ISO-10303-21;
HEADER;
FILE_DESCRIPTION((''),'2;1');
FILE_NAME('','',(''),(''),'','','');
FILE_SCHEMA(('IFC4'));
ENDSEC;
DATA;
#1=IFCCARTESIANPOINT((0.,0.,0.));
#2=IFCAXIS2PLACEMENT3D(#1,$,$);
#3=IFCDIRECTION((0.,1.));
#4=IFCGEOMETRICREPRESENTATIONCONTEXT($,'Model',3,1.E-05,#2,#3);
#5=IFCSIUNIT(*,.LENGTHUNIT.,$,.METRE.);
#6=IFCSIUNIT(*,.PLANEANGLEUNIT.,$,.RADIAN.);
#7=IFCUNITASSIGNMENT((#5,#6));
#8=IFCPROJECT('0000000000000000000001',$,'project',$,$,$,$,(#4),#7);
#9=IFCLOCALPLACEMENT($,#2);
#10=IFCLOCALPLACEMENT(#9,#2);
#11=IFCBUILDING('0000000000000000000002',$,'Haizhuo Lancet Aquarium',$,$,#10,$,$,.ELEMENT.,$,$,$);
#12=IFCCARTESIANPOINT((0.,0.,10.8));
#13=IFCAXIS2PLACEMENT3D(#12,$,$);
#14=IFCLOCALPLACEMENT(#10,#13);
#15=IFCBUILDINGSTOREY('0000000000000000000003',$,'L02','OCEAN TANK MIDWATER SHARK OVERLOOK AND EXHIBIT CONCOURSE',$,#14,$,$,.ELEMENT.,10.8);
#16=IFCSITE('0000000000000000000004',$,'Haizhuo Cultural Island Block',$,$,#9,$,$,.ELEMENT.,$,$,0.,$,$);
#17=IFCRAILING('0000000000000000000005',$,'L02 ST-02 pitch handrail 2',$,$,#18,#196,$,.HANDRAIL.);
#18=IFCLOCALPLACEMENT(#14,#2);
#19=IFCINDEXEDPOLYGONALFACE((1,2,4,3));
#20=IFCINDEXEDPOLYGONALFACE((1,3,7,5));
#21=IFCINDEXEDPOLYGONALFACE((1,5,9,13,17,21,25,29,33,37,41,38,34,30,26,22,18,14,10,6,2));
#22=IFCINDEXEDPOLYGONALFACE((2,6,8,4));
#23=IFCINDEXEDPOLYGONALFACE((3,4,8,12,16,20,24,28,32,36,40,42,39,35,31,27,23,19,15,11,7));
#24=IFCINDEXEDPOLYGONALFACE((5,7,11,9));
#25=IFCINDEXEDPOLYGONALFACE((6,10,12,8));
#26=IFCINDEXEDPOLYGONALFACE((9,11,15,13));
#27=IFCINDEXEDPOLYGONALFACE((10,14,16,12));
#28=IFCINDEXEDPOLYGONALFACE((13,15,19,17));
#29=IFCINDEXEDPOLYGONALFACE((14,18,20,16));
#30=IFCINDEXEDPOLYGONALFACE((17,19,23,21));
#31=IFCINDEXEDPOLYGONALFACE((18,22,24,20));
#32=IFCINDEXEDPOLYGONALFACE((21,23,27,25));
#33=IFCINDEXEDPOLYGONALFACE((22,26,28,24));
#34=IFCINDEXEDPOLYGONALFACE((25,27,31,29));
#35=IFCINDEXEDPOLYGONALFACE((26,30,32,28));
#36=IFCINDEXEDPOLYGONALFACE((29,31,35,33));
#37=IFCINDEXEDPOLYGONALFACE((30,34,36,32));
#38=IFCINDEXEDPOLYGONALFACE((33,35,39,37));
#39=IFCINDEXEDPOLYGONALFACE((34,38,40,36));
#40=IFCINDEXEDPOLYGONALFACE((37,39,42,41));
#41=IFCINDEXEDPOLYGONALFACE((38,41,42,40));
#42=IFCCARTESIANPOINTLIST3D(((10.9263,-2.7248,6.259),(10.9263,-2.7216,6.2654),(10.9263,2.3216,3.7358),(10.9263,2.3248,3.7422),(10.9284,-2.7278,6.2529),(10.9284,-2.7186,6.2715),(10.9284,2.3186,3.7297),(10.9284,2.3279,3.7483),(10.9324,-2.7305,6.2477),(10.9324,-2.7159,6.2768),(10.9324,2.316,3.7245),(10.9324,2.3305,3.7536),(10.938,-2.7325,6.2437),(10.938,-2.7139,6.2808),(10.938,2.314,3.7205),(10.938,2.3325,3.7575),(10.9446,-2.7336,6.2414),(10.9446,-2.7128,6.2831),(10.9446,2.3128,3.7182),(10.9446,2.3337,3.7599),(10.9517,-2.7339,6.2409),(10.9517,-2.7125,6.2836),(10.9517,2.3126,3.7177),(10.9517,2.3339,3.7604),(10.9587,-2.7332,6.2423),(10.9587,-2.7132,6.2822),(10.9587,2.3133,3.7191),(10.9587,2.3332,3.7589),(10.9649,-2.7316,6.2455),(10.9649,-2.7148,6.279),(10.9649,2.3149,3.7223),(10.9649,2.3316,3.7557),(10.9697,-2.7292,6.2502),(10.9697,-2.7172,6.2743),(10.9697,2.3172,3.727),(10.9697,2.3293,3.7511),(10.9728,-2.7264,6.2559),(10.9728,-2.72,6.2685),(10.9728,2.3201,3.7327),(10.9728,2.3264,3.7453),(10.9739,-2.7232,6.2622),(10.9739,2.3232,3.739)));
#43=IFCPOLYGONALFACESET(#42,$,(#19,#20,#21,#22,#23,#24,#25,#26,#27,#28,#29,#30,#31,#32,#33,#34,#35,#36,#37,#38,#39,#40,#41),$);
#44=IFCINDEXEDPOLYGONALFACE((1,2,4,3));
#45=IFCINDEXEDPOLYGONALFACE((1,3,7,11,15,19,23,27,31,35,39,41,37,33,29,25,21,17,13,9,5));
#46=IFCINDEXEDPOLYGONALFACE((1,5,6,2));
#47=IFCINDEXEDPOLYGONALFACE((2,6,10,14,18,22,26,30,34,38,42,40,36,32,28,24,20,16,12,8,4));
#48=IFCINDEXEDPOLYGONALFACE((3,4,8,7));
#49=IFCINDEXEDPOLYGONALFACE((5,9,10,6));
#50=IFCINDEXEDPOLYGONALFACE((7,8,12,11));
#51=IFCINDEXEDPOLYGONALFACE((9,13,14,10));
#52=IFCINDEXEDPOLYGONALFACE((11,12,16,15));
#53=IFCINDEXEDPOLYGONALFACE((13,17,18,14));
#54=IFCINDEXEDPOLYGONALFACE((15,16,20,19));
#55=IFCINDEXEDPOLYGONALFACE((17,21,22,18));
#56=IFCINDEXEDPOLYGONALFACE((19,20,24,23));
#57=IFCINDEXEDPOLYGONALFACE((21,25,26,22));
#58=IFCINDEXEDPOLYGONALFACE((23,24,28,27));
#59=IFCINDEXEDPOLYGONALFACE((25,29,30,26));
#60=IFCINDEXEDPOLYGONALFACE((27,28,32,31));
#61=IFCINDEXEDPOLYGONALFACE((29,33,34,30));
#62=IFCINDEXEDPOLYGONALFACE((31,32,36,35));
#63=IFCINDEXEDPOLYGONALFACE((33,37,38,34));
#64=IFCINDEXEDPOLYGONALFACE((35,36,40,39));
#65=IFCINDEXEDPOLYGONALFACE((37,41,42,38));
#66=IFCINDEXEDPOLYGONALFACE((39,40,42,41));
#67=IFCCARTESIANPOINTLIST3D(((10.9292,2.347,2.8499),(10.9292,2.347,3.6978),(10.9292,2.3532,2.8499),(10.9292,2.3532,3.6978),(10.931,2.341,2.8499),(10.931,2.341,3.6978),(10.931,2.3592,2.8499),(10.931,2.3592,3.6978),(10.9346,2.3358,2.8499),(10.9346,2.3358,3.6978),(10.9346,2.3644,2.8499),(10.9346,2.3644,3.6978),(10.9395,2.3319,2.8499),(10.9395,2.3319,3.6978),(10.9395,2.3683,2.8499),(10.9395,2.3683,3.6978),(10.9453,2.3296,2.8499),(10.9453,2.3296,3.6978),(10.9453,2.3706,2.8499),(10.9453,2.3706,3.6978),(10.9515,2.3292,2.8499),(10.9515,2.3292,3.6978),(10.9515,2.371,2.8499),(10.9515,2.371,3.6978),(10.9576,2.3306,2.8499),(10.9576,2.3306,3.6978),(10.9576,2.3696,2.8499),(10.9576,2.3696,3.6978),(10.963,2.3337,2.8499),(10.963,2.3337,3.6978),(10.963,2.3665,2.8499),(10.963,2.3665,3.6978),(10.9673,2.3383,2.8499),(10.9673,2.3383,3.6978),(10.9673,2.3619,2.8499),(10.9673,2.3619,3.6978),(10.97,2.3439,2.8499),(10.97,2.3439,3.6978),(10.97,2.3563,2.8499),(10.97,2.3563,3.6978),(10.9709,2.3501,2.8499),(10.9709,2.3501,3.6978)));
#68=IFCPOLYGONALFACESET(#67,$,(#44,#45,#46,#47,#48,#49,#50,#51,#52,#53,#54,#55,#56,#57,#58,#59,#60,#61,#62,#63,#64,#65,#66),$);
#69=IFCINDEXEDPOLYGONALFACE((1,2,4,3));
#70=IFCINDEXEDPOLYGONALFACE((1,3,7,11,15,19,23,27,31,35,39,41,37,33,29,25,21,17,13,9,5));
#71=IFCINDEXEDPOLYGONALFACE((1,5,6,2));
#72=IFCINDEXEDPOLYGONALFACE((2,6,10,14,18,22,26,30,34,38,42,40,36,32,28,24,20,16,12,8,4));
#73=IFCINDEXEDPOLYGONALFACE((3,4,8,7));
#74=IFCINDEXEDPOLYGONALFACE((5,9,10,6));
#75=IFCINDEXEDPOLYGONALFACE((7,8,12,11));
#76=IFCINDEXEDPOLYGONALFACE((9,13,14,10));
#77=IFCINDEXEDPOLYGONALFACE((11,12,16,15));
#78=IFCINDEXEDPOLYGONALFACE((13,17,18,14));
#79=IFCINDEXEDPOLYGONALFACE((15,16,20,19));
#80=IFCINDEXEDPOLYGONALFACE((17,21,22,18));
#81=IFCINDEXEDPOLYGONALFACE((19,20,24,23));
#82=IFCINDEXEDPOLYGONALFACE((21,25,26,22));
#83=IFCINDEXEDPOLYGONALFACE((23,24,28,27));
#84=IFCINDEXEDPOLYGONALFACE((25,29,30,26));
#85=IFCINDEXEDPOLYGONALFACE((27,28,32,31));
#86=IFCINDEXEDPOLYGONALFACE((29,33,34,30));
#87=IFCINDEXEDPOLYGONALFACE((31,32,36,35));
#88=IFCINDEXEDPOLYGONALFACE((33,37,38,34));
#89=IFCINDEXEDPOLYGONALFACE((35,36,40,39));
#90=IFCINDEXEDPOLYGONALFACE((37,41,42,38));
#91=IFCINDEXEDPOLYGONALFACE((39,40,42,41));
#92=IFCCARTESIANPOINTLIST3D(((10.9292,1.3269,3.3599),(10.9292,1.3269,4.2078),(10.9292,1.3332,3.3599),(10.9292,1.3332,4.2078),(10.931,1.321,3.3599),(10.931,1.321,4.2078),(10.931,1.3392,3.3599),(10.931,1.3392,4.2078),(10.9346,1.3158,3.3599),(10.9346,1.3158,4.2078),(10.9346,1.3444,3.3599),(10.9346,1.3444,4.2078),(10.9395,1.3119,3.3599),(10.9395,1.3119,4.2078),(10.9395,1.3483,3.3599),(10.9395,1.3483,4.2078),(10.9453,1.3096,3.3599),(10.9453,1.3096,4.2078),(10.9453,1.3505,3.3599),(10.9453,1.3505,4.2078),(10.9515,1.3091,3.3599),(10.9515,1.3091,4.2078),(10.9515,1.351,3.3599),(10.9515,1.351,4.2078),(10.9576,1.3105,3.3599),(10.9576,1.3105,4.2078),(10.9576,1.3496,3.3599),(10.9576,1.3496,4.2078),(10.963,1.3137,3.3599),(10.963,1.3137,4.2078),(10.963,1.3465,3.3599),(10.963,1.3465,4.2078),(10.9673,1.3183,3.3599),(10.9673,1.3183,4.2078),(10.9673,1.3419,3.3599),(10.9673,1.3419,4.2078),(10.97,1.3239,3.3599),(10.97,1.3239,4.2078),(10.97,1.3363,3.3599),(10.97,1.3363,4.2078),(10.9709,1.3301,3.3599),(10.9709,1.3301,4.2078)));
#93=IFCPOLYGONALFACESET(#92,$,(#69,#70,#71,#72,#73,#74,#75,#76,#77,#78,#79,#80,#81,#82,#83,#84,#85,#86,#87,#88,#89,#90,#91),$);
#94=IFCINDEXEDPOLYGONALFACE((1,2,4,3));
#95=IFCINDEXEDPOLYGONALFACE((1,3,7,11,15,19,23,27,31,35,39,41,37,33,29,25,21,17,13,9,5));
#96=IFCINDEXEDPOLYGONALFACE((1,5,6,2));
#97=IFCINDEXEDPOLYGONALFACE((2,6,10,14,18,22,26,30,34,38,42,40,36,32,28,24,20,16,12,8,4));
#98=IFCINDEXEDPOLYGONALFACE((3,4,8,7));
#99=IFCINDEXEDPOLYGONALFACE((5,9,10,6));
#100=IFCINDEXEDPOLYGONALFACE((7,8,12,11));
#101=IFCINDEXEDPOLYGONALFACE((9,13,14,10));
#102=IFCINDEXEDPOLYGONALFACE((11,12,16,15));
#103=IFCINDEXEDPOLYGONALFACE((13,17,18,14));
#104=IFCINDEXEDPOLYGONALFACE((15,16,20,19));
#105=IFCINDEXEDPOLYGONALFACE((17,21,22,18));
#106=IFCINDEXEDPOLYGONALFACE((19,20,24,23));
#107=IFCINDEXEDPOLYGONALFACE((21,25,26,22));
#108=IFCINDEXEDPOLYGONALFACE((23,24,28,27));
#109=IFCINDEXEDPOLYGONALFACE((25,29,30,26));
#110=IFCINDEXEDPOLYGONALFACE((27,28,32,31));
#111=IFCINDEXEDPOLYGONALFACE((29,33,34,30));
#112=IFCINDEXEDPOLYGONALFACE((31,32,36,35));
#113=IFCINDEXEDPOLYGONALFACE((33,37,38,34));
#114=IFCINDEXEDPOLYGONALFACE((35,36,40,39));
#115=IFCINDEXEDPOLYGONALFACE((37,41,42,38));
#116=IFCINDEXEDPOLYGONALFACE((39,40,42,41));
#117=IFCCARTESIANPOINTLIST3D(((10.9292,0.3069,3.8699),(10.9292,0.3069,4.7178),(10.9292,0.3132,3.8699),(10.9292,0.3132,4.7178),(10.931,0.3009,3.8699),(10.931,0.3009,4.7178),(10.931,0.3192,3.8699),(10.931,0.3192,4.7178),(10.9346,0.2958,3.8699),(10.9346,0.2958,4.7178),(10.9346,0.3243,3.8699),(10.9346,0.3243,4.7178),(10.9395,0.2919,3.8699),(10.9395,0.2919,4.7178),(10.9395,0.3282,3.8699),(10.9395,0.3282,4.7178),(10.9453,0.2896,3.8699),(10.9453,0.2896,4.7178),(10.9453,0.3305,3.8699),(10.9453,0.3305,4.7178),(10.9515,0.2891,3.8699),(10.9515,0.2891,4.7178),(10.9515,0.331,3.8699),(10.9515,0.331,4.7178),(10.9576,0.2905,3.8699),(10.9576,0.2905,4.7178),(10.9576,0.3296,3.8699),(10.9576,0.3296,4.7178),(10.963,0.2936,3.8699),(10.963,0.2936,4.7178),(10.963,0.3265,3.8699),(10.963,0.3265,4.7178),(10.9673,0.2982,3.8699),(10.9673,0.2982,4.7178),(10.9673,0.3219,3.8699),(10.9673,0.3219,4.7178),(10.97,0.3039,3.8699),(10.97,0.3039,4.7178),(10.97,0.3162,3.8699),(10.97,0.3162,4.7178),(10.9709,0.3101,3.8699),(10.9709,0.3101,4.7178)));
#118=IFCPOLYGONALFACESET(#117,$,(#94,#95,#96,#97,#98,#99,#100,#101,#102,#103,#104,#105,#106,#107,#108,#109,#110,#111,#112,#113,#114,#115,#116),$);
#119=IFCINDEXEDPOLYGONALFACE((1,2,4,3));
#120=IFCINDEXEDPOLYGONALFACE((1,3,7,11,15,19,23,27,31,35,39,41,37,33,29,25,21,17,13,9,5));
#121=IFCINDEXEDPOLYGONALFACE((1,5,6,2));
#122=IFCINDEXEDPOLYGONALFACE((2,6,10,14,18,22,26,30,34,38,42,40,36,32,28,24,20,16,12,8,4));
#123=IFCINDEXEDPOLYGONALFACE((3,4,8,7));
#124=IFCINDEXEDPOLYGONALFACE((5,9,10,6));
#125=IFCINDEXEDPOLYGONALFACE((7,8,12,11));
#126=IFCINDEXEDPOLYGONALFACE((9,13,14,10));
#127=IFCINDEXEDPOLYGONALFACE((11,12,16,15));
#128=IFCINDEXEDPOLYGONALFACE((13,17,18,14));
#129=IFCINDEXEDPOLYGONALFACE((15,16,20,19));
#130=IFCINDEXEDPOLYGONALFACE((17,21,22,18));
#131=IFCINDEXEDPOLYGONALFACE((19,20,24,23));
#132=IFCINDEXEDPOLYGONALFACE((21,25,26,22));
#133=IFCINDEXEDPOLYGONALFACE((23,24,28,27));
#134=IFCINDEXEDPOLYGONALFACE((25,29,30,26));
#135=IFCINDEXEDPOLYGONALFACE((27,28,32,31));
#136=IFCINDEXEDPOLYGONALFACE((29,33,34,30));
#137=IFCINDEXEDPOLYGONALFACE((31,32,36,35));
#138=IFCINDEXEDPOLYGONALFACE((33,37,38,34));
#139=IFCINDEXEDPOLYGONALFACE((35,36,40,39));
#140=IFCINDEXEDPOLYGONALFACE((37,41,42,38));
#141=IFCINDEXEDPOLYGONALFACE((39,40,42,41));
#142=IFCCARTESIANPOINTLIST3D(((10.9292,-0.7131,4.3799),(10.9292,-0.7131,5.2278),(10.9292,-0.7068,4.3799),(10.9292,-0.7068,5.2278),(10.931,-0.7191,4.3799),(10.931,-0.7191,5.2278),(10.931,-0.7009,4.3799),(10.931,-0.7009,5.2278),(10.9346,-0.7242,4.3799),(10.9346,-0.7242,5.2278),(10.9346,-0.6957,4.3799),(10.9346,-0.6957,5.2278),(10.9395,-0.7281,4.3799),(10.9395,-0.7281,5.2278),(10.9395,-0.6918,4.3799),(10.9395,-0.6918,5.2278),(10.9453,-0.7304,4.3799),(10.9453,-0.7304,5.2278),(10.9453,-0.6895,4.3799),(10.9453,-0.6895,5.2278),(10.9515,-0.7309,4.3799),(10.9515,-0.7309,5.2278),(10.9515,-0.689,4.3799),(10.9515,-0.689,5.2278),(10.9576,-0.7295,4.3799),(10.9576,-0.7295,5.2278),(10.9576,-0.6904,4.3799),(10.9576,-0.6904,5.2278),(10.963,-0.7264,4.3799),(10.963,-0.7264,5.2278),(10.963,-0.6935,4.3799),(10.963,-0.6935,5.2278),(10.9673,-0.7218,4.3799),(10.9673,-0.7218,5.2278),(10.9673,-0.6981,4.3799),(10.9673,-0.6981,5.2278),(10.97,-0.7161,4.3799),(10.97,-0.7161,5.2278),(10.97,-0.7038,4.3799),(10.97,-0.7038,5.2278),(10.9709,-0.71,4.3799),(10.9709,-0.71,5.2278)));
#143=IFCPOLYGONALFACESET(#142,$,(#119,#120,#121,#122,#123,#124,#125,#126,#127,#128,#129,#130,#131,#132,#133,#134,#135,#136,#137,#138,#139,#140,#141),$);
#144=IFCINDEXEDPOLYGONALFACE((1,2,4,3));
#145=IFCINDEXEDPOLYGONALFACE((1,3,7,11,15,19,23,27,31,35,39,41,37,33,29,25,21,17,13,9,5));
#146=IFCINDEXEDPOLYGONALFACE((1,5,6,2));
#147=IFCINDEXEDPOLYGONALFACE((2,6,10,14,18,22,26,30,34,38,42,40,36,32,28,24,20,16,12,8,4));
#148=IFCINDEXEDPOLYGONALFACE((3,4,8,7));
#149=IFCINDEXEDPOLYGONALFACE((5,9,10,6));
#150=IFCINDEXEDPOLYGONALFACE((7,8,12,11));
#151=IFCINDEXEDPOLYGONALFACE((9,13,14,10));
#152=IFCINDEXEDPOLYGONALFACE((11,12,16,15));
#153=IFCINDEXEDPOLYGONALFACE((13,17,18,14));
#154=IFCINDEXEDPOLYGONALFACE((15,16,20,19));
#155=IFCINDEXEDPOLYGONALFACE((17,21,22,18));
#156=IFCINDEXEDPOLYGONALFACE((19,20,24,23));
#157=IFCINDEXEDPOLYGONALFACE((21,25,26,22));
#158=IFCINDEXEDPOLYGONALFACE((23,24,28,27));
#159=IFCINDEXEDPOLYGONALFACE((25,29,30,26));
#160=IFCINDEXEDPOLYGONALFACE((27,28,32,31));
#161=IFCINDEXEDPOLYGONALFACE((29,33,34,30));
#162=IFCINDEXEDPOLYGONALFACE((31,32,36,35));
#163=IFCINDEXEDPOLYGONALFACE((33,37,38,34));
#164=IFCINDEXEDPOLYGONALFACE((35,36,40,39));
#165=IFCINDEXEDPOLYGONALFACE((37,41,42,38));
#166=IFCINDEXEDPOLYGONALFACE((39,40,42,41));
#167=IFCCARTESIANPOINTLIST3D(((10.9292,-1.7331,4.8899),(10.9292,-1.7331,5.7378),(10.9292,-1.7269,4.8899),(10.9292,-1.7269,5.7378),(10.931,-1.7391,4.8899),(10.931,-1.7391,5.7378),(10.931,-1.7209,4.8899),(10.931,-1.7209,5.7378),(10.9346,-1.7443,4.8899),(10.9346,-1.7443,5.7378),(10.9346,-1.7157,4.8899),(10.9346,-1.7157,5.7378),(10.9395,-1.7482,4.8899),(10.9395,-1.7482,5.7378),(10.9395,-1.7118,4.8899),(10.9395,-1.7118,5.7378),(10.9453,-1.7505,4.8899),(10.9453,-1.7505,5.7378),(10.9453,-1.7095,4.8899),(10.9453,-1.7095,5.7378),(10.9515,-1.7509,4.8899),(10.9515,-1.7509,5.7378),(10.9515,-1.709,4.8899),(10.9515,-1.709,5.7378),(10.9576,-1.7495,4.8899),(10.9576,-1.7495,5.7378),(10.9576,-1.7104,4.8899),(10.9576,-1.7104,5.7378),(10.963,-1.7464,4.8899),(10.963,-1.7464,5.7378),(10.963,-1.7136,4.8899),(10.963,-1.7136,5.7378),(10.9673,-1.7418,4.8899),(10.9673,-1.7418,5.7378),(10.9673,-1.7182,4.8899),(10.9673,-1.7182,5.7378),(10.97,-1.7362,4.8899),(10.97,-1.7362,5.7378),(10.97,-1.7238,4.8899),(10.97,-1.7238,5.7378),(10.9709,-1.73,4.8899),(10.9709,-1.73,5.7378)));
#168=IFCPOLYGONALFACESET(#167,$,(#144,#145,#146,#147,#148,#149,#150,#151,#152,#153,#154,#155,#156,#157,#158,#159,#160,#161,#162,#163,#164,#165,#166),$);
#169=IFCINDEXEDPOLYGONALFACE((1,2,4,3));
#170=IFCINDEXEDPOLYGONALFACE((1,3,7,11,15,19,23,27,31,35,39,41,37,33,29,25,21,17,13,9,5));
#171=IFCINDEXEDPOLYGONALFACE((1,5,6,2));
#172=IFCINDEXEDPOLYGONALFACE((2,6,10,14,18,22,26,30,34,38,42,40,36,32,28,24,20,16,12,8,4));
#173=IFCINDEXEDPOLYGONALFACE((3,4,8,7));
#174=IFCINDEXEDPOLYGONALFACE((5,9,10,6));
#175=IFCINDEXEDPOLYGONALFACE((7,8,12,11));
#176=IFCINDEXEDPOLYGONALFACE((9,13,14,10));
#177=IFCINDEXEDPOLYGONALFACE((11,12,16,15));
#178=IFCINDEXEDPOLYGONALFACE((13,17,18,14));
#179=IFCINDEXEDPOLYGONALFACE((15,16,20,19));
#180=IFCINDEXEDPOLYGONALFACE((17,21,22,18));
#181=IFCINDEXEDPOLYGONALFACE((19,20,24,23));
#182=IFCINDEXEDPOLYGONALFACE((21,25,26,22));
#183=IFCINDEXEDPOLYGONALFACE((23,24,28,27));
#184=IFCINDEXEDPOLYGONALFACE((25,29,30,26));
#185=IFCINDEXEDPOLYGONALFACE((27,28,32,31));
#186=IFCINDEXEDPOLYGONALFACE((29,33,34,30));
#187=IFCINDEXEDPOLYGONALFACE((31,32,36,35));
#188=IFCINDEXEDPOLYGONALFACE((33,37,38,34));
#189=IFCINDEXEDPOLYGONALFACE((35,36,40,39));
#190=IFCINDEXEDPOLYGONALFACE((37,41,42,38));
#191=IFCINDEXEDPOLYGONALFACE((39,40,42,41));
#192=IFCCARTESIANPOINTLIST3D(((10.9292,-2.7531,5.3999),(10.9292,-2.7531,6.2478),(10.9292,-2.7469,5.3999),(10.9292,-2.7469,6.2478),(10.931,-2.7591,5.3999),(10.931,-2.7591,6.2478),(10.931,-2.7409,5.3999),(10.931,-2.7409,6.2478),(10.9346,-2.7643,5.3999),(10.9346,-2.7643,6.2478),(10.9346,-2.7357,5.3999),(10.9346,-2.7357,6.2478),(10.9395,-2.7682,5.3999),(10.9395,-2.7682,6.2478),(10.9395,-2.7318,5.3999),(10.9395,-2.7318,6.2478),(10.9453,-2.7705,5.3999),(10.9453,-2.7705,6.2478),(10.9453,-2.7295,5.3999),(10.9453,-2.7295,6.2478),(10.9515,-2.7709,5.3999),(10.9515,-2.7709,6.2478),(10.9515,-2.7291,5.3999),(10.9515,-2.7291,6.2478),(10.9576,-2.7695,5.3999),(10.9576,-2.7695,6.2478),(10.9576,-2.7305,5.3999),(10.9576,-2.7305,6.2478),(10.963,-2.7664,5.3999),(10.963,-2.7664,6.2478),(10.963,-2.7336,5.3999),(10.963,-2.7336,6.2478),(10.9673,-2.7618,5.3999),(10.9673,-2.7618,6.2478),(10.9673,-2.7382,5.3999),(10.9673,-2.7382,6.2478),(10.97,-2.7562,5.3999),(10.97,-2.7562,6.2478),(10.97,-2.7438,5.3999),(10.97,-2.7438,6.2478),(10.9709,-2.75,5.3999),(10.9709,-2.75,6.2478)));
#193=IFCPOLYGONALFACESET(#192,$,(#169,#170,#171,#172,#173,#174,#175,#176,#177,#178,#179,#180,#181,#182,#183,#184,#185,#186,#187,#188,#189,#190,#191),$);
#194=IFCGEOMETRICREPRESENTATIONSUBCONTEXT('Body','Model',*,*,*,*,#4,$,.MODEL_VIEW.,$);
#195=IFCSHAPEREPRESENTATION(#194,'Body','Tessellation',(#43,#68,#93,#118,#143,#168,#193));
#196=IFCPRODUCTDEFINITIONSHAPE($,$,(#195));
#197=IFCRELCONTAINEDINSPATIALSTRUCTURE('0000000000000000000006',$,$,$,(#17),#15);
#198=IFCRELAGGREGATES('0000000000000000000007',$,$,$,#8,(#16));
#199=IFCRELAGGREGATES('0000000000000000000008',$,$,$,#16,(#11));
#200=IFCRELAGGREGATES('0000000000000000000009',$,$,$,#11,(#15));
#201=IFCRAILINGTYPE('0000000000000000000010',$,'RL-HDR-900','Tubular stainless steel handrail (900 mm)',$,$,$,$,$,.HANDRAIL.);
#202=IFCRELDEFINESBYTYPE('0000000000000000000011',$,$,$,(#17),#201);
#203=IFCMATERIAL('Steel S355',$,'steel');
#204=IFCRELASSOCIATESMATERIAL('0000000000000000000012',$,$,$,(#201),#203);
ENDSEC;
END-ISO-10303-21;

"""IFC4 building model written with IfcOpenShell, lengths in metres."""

from ifc_helpers import new_model, si_unit, direction, frame, origin, origin_2d, place, context, subcontext, project, spatial, circle, extrude, material, type_object, element, save


model = new_model("IFC4")

# Units and contexts
model_context = context("Model", 3, precision=1e-05, world=origin(), true_north=direction((0.0, 1.0)))
body_context = subcontext(model_context, "Body", "Model", "MODEL_VIEW")
ifc_project = project(units=[si_unit("LENGTHUNIT", "METRE"), si_unit("PLANEANGLEUNIT", "RADIAN")], contexts=[model_context])

# Site, building, storey
site_placement = place(None, origin())
site = spatial("IfcSite", under=ifc_project, at=site_placement, Name="Haizhuo Cultural Island Block", CompositionType="ELEMENT", RefElevation=0.0)
building_placement = place(site_placement, origin())
building = spatial("IfcBuilding", under=site, at=building_placement, Name="Haizhuo Lancet Aquarium", CompositionType="ELEMENT")
storey_placement = place(building_placement, frame((0.0, 0.0, 10.8)))
storey = spatial("IfcBuildingStorey", under=building, at=storey_placement, Name="L02", Description="OCEAN TANK MIDWATER SHARK OVERLOOK AND EXHIBIT CONCOURSE", CompositionType="ELEMENT", Elevation=10.8)

# Shared definitions
ifc_material_1 = material(Name="Steel S355", Category="steel")

# Railing
railing_type = type_object("IfcRailingType", Name="RL-HDR-900", Description="Tubular stainless steel handrail (900 mm)", PredefinedType="HANDRAIL", material=ifc_material_1)
railing_placement = place(storey_placement, frame((10.95, 2.3501, 2.8499)))
element("IfcRailing", 1, at=railing_placement, inside=storey, type_object=railing_type, Name="L02 ST-02 pitch handrail 2", PredefinedType="HANDRAIL", context=body_context, shape_type="SweptSolid", body=[
    extrude(circle(Radius=0.0239, at=origin_2d()), frame((0.0, -0.0269, 0.8892), z_axis=(0.0, -0.894427, 0.447214), x_axis=(1.0, 0.0, 0.0)), (0.0, 0.0, 1.0), 5.6421),
    extrude(circle(Radius=0.021, at=origin_2d()), origin(), (0.0, 0.0, 1.0), 0.8479),
    extrude(circle(Radius=0.021, at=origin_2d()), frame((0.0, -1.02, 0.51)), (0.0, 0.0, 1.0), 0.8479),
    extrude(circle(Radius=0.021, at=origin_2d()), frame((0.0, -2.04, 1.02)), (0.0, 0.0, 1.0), 0.8479),
    extrude(circle(Radius=0.021, at=origin_2d()), frame((0.0, -3.0601, 1.53)), (0.0, 0.0, 1.0), 0.8479),
    extrude(circle(Radius=0.021, at=origin_2d()), frame((0.0, -4.0801, 2.04)), (0.0, 0.0, 1.0), 0.8479),
    extrude(circle(Radius=0.021, at=origin_2d()), frame((0.0, -5.1001, 2.55)), (0.0, 0.0, 1.0), 0.8479),
])

save(model, "model.ifc")
